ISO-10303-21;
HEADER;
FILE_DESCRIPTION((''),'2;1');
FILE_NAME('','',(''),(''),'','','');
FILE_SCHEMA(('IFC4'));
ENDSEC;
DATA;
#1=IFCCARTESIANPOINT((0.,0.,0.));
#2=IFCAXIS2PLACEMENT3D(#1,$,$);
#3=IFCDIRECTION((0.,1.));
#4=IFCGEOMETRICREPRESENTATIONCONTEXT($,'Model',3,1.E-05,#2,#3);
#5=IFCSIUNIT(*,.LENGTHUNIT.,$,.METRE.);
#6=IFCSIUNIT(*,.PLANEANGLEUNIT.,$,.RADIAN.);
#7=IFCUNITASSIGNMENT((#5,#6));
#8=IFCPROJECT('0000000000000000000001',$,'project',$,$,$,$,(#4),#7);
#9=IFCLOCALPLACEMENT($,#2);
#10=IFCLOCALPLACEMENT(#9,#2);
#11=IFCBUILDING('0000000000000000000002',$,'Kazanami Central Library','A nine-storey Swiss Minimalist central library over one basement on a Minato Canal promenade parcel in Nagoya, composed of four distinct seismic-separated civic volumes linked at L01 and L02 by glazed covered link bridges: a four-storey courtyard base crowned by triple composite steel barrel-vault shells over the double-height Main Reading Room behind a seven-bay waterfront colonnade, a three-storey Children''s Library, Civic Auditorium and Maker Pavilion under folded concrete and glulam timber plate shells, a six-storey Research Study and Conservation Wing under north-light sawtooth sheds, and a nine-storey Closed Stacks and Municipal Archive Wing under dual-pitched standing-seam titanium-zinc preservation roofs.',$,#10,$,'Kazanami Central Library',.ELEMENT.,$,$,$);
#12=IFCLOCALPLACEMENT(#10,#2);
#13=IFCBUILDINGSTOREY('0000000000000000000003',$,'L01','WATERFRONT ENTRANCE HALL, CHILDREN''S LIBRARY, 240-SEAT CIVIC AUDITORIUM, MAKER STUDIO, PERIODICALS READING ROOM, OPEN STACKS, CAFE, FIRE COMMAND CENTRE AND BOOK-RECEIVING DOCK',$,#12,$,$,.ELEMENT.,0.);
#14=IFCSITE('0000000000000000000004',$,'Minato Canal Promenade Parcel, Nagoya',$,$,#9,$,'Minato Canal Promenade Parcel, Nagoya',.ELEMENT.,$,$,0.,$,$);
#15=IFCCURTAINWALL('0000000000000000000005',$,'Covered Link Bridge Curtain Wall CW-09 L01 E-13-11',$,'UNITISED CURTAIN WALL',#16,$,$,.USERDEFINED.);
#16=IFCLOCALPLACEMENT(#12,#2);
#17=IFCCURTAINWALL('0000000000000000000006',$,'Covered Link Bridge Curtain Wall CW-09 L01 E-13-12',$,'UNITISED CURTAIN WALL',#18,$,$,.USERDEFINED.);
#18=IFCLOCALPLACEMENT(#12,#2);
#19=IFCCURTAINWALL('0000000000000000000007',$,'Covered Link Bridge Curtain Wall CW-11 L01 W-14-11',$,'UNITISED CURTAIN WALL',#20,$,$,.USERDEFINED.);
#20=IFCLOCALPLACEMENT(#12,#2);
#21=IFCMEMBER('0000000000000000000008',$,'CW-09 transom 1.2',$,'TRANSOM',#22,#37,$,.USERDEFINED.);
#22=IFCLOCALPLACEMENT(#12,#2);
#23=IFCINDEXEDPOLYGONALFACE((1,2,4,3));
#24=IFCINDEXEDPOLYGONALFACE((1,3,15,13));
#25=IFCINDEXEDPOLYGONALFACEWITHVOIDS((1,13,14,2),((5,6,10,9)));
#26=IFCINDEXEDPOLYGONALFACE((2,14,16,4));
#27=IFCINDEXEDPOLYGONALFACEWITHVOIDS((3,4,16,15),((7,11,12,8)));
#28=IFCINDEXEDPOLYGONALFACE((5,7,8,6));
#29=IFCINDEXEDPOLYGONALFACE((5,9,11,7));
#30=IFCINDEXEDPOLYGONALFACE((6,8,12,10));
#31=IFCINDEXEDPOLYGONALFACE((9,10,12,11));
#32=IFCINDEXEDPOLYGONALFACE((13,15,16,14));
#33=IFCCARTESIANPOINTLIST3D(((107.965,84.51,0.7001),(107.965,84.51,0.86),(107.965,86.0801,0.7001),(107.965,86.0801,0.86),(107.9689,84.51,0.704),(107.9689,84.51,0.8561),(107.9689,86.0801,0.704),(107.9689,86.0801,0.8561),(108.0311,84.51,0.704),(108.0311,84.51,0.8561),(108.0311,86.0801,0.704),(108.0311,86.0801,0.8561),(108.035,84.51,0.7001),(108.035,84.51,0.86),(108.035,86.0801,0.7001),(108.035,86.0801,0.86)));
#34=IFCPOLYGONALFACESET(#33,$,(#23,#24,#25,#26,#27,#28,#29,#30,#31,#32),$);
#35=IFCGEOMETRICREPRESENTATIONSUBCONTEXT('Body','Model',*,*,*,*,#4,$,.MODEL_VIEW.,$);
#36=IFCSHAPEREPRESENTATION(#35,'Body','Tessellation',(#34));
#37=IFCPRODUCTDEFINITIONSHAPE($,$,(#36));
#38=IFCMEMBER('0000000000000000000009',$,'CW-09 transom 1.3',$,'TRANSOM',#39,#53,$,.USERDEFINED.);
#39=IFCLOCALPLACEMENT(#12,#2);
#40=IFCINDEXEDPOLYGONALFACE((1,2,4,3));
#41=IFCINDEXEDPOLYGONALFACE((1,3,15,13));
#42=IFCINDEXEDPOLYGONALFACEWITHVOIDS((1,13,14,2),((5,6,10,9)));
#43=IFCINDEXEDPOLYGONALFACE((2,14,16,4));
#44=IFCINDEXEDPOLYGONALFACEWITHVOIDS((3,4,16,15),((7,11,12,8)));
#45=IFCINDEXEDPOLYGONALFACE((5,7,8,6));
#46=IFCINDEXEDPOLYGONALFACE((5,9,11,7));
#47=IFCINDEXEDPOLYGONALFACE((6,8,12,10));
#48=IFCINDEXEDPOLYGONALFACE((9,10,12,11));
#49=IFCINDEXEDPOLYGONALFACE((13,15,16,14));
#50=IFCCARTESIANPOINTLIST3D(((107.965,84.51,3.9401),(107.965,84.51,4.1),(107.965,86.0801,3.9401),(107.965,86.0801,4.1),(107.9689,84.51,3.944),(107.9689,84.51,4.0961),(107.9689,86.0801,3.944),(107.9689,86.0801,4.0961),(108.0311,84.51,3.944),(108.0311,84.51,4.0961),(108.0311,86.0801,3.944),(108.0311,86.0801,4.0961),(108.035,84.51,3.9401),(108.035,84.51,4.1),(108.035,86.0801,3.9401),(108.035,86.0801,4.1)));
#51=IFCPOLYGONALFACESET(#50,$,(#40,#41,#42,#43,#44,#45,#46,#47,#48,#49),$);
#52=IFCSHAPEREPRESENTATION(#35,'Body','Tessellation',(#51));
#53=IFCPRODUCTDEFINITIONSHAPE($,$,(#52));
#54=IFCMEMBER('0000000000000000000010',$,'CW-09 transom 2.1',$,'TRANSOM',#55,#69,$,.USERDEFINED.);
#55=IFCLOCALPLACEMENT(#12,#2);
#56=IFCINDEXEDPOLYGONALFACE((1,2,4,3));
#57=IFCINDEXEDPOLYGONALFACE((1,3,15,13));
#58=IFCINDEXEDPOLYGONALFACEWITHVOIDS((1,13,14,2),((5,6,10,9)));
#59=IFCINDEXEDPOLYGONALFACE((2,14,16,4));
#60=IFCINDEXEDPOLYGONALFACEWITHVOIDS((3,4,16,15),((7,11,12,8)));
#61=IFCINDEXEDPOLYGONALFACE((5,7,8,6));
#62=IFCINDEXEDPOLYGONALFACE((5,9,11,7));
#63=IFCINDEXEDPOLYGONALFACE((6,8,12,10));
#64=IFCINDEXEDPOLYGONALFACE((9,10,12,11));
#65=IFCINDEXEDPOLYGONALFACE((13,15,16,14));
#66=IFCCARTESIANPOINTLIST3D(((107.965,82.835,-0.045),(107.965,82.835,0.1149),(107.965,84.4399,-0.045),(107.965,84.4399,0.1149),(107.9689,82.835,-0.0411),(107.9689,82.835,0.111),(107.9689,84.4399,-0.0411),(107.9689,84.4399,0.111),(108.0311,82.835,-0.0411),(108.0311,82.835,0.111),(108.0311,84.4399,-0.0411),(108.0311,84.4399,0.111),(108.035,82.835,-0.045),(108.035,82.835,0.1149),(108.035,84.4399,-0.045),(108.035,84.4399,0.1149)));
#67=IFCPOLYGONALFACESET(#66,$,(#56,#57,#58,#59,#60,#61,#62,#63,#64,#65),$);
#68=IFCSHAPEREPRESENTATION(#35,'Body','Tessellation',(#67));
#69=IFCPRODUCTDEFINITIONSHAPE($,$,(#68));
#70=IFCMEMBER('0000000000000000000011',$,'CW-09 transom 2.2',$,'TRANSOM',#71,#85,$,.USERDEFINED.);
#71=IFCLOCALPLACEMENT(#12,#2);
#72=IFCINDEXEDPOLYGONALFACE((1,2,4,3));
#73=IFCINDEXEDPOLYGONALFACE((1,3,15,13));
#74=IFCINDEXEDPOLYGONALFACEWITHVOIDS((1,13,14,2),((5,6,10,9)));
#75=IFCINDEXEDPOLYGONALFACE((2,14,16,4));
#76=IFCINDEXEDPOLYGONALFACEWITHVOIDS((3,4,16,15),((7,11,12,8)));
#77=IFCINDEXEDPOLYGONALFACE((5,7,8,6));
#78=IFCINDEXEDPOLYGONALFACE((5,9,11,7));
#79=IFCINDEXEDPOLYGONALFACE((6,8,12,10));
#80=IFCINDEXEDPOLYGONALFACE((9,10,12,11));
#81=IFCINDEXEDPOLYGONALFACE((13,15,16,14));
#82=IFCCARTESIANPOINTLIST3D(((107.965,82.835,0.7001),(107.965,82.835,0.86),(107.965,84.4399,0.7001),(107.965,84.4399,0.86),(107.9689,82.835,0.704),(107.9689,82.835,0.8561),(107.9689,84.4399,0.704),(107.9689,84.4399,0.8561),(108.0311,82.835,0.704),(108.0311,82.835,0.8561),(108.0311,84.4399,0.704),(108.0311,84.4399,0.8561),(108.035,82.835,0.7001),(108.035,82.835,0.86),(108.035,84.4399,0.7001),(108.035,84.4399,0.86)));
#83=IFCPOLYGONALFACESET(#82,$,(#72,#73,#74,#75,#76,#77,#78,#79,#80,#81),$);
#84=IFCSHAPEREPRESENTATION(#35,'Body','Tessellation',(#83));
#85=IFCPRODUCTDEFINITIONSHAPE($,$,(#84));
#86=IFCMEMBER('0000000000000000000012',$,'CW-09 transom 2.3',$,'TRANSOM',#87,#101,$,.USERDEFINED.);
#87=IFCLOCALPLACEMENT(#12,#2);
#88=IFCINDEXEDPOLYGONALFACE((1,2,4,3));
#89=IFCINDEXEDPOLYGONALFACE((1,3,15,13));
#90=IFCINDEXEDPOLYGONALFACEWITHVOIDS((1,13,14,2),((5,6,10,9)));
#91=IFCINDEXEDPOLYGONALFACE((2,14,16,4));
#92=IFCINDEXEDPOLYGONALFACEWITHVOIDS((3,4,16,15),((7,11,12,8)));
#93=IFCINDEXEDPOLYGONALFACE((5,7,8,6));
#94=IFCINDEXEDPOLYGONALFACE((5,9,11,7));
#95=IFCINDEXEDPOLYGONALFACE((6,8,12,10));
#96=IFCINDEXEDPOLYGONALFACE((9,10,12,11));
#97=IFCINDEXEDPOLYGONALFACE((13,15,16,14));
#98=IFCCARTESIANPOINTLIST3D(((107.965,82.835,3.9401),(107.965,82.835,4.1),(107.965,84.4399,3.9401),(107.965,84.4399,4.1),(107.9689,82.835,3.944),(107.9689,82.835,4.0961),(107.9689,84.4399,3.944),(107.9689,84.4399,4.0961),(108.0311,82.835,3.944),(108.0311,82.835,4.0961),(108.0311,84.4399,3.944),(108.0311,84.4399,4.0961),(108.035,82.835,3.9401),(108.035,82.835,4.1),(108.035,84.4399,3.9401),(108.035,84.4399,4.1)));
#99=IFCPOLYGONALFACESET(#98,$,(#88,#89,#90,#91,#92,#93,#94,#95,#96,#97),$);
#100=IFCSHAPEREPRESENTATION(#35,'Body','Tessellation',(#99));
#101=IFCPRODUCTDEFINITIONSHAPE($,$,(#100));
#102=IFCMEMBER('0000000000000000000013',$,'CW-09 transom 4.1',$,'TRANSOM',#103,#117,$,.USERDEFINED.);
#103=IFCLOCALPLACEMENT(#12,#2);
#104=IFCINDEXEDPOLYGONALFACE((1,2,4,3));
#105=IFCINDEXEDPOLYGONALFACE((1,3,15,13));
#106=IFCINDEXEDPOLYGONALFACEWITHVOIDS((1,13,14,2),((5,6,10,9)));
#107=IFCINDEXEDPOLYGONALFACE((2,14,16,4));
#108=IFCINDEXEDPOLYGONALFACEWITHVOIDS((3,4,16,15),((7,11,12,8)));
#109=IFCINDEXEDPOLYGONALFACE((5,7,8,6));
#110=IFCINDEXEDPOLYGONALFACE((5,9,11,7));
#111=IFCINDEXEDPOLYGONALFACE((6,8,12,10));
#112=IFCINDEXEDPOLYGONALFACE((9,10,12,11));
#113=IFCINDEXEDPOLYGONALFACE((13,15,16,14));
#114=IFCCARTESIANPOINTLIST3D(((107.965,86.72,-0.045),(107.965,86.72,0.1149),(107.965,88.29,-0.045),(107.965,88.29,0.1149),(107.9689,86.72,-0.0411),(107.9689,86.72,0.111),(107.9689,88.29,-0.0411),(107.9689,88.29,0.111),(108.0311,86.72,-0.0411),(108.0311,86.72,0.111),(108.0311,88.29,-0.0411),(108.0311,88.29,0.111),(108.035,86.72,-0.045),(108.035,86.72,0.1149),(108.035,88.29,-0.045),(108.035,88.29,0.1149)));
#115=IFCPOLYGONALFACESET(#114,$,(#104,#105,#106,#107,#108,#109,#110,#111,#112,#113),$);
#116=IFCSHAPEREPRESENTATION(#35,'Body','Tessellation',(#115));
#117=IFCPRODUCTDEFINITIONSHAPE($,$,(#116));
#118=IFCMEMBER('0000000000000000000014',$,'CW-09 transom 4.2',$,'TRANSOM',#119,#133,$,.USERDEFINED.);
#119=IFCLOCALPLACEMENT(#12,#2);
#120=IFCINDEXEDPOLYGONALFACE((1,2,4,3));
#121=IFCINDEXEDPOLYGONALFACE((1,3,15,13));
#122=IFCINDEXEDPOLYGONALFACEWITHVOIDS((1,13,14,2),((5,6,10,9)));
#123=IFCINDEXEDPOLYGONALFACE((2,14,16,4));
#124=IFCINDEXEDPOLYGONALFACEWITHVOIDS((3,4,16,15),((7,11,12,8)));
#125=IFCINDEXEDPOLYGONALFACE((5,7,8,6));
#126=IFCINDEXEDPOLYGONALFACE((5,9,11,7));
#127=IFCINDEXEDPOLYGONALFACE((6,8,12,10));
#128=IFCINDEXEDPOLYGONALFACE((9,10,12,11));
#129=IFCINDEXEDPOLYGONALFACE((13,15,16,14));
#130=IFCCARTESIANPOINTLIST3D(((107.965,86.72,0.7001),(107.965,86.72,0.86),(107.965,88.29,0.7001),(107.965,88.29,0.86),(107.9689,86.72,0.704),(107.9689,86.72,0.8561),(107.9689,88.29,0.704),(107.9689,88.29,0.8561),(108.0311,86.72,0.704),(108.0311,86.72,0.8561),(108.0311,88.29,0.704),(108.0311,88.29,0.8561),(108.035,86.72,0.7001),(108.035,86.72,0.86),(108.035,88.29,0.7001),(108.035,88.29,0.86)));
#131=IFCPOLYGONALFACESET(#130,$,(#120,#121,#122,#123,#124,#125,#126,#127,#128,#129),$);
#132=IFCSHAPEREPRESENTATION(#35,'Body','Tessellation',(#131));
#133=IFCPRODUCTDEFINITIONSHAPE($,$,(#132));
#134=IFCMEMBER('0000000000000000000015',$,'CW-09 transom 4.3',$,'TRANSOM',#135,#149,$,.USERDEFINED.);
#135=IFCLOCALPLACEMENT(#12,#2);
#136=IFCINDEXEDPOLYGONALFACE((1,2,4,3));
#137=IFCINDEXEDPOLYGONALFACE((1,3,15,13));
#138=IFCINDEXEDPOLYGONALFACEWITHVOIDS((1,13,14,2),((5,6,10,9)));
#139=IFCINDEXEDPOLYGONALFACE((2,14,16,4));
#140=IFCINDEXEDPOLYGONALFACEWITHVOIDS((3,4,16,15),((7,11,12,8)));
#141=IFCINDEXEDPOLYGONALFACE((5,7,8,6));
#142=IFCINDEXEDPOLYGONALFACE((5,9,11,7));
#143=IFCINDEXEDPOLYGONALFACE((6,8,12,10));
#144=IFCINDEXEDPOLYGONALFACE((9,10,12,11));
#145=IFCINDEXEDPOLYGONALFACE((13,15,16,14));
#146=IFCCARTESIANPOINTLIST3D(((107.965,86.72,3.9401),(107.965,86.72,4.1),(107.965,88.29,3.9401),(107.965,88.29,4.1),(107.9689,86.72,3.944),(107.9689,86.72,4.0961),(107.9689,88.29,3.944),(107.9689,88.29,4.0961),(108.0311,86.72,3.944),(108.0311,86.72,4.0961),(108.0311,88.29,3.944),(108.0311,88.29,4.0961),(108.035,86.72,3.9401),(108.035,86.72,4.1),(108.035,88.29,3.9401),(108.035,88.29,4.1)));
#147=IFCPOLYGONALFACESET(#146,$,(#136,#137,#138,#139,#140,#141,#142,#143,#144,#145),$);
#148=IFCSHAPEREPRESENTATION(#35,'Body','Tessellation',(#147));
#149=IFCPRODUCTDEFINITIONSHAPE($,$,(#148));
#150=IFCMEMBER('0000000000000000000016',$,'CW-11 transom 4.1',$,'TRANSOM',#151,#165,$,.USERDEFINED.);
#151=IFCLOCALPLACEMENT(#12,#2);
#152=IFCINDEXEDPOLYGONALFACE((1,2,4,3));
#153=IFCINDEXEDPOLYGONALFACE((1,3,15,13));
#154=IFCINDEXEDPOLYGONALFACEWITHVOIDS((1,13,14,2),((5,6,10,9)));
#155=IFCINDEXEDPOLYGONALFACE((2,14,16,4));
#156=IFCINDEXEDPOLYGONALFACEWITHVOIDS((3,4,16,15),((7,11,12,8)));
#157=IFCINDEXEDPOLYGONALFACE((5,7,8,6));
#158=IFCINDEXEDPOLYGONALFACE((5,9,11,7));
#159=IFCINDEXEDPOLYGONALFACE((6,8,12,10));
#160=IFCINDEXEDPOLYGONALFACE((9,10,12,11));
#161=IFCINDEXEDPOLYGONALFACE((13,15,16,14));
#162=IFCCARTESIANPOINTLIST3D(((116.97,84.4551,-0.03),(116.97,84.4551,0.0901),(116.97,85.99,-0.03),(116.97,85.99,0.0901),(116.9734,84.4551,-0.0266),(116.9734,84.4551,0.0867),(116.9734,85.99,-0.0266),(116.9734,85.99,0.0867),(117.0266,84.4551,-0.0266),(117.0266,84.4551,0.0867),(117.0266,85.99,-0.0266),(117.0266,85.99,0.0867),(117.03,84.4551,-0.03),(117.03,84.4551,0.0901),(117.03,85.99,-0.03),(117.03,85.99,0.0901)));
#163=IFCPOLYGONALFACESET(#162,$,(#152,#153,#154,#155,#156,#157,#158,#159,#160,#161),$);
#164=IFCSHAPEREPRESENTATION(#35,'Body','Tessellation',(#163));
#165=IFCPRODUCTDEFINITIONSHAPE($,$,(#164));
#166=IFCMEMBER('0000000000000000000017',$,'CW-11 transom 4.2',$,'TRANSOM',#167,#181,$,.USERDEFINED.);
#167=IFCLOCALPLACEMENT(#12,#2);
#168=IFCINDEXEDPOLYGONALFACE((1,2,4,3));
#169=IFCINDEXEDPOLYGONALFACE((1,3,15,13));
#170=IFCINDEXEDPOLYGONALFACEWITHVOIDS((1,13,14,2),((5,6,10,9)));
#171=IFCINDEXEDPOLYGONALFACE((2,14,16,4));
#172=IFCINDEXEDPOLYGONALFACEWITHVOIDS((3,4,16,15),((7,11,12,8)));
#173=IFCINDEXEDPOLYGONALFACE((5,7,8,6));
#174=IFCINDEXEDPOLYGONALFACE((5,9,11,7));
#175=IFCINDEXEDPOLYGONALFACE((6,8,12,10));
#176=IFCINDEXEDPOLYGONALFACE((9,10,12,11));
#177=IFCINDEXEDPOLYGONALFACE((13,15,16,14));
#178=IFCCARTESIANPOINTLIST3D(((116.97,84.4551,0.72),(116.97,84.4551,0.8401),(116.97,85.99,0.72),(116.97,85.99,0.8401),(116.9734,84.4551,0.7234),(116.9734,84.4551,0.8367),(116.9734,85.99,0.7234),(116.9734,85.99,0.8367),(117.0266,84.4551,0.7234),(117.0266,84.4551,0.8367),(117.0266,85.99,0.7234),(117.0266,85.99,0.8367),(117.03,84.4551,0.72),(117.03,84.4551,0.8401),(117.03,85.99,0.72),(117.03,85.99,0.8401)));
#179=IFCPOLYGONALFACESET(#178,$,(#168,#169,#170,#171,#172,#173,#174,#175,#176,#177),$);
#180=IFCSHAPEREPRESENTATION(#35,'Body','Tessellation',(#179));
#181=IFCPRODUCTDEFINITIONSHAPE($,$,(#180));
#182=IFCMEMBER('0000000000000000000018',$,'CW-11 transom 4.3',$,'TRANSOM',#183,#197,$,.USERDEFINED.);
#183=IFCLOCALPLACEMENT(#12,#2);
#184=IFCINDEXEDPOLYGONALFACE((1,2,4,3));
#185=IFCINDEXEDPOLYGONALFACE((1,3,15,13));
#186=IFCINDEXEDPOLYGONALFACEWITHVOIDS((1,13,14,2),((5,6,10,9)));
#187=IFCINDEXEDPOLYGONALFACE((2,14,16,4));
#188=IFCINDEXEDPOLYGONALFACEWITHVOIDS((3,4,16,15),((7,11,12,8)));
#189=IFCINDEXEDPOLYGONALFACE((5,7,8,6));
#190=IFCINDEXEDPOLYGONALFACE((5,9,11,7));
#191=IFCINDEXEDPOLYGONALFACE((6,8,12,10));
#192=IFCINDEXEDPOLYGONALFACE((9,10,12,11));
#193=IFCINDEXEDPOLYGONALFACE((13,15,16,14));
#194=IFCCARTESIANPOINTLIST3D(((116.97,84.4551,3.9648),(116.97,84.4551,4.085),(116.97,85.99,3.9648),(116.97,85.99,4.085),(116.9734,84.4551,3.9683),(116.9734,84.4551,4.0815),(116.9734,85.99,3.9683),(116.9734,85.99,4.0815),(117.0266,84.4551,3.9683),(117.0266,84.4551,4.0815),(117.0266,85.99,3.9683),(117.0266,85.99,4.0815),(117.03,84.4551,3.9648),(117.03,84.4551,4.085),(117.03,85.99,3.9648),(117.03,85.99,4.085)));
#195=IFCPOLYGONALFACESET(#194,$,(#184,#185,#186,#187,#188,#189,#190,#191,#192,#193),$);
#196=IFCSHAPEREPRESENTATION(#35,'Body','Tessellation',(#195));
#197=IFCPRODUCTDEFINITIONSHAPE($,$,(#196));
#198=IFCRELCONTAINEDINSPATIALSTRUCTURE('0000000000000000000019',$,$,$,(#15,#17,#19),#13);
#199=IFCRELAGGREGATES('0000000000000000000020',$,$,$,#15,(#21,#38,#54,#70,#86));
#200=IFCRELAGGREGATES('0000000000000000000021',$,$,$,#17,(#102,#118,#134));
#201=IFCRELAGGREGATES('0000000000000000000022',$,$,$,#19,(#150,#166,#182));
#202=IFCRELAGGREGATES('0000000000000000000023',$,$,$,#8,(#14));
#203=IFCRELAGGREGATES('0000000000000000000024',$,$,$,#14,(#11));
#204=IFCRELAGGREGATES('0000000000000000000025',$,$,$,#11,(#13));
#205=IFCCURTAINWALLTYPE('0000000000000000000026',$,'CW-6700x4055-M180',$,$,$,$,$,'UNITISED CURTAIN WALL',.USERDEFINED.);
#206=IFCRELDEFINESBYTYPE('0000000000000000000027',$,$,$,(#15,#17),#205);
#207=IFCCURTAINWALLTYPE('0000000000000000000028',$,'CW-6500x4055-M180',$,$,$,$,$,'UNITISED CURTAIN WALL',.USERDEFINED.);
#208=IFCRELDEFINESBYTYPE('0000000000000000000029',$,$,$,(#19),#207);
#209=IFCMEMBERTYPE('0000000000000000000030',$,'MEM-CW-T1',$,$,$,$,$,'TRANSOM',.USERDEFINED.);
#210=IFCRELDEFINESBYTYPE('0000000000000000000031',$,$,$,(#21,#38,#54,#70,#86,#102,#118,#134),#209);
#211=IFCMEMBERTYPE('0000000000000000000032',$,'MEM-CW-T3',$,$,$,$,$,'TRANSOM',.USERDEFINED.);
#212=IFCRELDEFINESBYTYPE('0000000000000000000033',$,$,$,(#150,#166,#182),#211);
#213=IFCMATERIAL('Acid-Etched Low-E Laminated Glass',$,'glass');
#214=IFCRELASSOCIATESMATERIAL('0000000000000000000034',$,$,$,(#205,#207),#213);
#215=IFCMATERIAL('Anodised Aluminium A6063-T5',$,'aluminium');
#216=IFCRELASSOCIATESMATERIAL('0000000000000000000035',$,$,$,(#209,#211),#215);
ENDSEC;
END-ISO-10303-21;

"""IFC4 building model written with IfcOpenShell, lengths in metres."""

from ifc_helpers import new_model, si_unit, direction, frame, origin, origin_2d, place, context, subcontext, project, spatial, hollow_rectangle, extrude, material, material_profile, profile_set, type_object, element, aggregate, save


model = new_model("IFC4")

# Units and contexts
model_context = context("Model", 3, precision=1e-05, world=origin(), true_north=direction((0.0, 1.0)))
body_context = subcontext(model_context, "Body", "Model", "MODEL_VIEW")
ifc_project = project(units=[si_unit("LENGTHUNIT", "METRE"), si_unit("PLANEANGLEUNIT", "RADIAN")], contexts=[model_context])

# Site, building, storey
site_placement = place(None, origin())
site = spatial("IfcSite", under=ifc_project, at=site_placement, Name="Minato Canal Promenade Parcel, Nagoya", LongName="Minato Canal Promenade Parcel, Nagoya", CompositionType="ELEMENT", RefElevation=0.0)
building_placement = place(site_placement, origin())
building = spatial("IfcBuilding", under=site, at=building_placement, Name="Kazanami Central Library", Description="A nine-storey Swiss Minimalist central library over one basement on a Minato Canal promenade parcel in Nagoya, composed of four distinct seismic-separated civic volumes linked at L01 and L02 by glazed covered link bridges: a four-storey courtyard base crowned by triple composite steel barrel-vault shells over the double-height Main Reading Room behind a seven-bay waterfront colonnade, a three-storey Children's Library, Civic Auditorium and Maker Pavilion under folded concrete and glulam timber plate shells, a six-storey Research Study and Conservation Wing under north-light sawtooth sheds, and a nine-storey Closed Stacks and Municipal Archive Wing under dual-pitched standing-seam titanium-zinc preservation roofs.", LongName="Kazanami Central Library", CompositionType="ELEMENT")
storey_placement = place(building_placement, origin())
storey = spatial("IfcBuildingStorey", under=building, at=storey_placement, Name="L01", Description="WATERFRONT ENTRANCE HALL, CHILDREN'S LIBRARY, 240-SEAT CIVIC AUDITORIUM, MAKER STUDIO, PERIODICALS READING ROOM, OPEN STACKS, CAFE, FIRE COMMAND CENTRE AND BOOK-RECEIVING DOCK", CompositionType="ELEMENT", Elevation=0.0)

# Curtain walls
ifc_material_1 = material(Name="Acid-Etched Low-E Laminated Glass", Category="glass")
curtain_wall_type_1 = type_object("IfcCurtainWallType", Name="CW-6700x4055-M180", ElementType="UNITISED CURTAIN WALL", PredefinedType="USERDEFINED", material=ifc_material_1)
curtain_wall_1_placement = place(storey_placement, origin())
curtain_wall_1 = element("IfcCurtainWall", 1, at=curtain_wall_1_placement, inside=storey, type_object=curtain_wall_type_1, Name="Covered Link Bridge Curtain Wall CW-09 L01 E-13-11", ObjectType="UNITISED CURTAIN WALL", PredefinedType="USERDEFINED")
ifc_material_2 = material(Name="Anodised Aluminium A6063-T5", Category="aluminium")
curtain_wall_2_placement = place(storey_placement, origin())
curtain_wall_2 = element("IfcCurtainWall", 2, at=curtain_wall_2_placement, inside=storey, type_object=curtain_wall_type_1, Name="Covered Link Bridge Curtain Wall CW-09 L01 E-13-12", ObjectType="UNITISED CURTAIN WALL", PredefinedType="USERDEFINED")
curtain_wall_type_2 = type_object("IfcCurtainWallType", Name="CW-6500x4055-M180", ElementType="UNITISED CURTAIN WALL", PredefinedType="USERDEFINED", material=ifc_material_1)
curtain_wall_3_placement = place(storey_placement, origin())
curtain_wall_3 = element("IfcCurtainWall", 3, at=curtain_wall_3_placement, inside=storey, type_object=curtain_wall_type_2, Name="Covered Link Bridge Curtain Wall CW-11 L01 W-14-11", ObjectType="UNITISED CURTAIN WALL", PredefinedType="USERDEFINED")

# Members
ifc_material_profile_1 = material_profile(ifc_material_2, hollow_rectangle(XDim=0.0701, YDim=0.1599, WallThickness=0.0039, at=origin_2d()), Name="ALU-TRAN-70x160x4")
ifc_profile_set_1 = profile_set([ifc_material_profile_1], Name="Anodised Aluminium A6063-T5")
member_type_1 = type_object("IfcMemberType", Name="MEM-CW-T1", ElementType="TRANSOM", PredefinedType="USERDEFINED", material=ifc_profile_set_1)
member_1_placement = place(storey_placement, frame((108.0, 86.0801, 0.78), z_axis=(0.0, -1.0, 0.0), x_axis=(1.0, 0.0, 0.0)))
member_1 = element("IfcMember", 4, at=member_1_placement, type_object=member_type_1, Name="CW-09 transom 1.2", ObjectType="TRANSOM", PredefinedType="USERDEFINED", context=body_context, shape_type="SweptSolid", body=[
    extrude(hollow_rectangle(XDim=0.0701, YDim=0.1599, WallThickness=0.0039, at=origin_2d()), origin(), (0.0, 0.0, 1.0), 1.5701),
])
member_2_placement = place(storey_placement, frame((108.0, 86.0801, 4.02), z_axis=(0.0, -1.0, 0.0), x_axis=(1.0, 0.0, 0.0)))
member_2 = element("IfcMember", 5, at=member_2_placement, type_object=member_type_1, Name="CW-09 transom 1.3", ObjectType="TRANSOM", PredefinedType="USERDEFINED", context=body_context, shape_type="SweptSolid", body=[
    extrude(hollow_rectangle(XDim=0.0701, YDim=0.1599, WallThickness=0.0039, at=origin_2d()), origin(), (0.0, 0.0, 1.0), 1.5701),
])
member_3_placement = place(storey_placement, frame((108.0, 84.4399, 0.0349), z_axis=(0.0, -1.0, 0.0), x_axis=(1.0, 0.0, 0.0)))
member_3 = element("IfcMember", 6, at=member_3_placement, type_object=member_type_1, Name="CW-09 transom 2.1", ObjectType="TRANSOM", PredefinedType="USERDEFINED", context=body_context, shape_type="SweptSolid", body=[
    extrude(hollow_rectangle(XDim=0.0701, YDim=0.1599, WallThickness=0.0039, at=origin_2d()), origin(), (0.0, 0.0, 1.0), 1.605),
])
member_4_placement = place(storey_placement, frame((108.0, 84.4399, 0.78), z_axis=(0.0, -1.0, 0.0), x_axis=(1.0, 0.0, 0.0)))
member_4 = element("IfcMember", 7, at=member_4_placement, type_object=member_type_1, Name="CW-09 transom 2.2", ObjectType="TRANSOM", PredefinedType="USERDEFINED", context=body_context, shape_type="SweptSolid", body=[
    extrude(hollow_rectangle(XDim=0.0701, YDim=0.1599, WallThickness=0.0039, at=origin_2d()), origin(), (0.0, 0.0, 1.0), 1.605),
])
member_5_placement = place(storey_placement, frame((108.0, 84.4399, 4.02), z_axis=(0.0, -1.0, 0.0), x_axis=(1.0, 0.0, 0.0)))
member_5 = element("IfcMember", 8, at=member_5_placement, type_object=member_type_1, Name="CW-09 transom 2.3", ObjectType="TRANSOM", PredefinedType="USERDEFINED", context=body_context, shape_type="SweptSolid", body=[
    extrude(hollow_rectangle(XDim=0.0701, YDim=0.1599, WallThickness=0.0039, at=origin_2d()), origin(), (0.0, 0.0, 1.0), 1.605),
])
member_6_placement = place(storey_placement, frame((108.0, 88.29, 0.0349), z_axis=(0.0, -1.0, 0.0), x_axis=(1.0, 0.0, 0.0)))
member_6 = element("IfcMember", 9, at=member_6_placement, type_object=member_type_1, Name="CW-09 transom 4.1", ObjectType="TRANSOM", PredefinedType="USERDEFINED", context=body_context, shape_type="SweptSolid", body=[
    extrude(hollow_rectangle(XDim=0.0701, YDim=0.1599, WallThickness=0.0039, at=origin_2d()), origin(), (0.0, 0.0, 1.0), 1.5701),
])
member_7_placement = place(storey_placement, frame((108.0, 88.29, 0.78), z_axis=(0.0, -1.0, 0.0), x_axis=(1.0, 0.0, 0.0)))
member_7 = element("IfcMember", 10, at=member_7_placement, type_object=member_type_1, Name="CW-09 transom 4.2", ObjectType="TRANSOM", PredefinedType="USERDEFINED", context=body_context, shape_type="SweptSolid", body=[
    extrude(hollow_rectangle(XDim=0.0701, YDim=0.1599, WallThickness=0.0039, at=origin_2d()), origin(), (0.0, 0.0, 1.0), 1.5701),
])
member_8_placement = place(storey_placement, frame((108.0, 88.29, 4.02), z_axis=(0.0, -1.0, 0.0), x_axis=(1.0, 0.0, 0.0)))
member_8 = element("IfcMember", 11, at=member_8_placement, type_object=member_type_1, Name="CW-09 transom 4.3", ObjectType="TRANSOM", PredefinedType="USERDEFINED", context=body_context, shape_type="SweptSolid", body=[
    extrude(hollow_rectangle(XDim=0.0701, YDim=0.1599, WallThickness=0.0039, at=origin_2d()), origin(), (0.0, 0.0, 1.0), 1.5701),
])
ifc_material_profile_2 = material_profile(ifc_material_2, hollow_rectangle(XDim=0.0601, YDim=0.1201, WallThickness=0.0034, at=origin_2d()), Name="ALU-TRAN-60x120x3.5")
ifc_profile_set_2 = profile_set([ifc_material_profile_2], Name="Anodised Aluminium A6063-T5")
member_type_2 = type_object("IfcMemberType", Name="MEM-CW-T3", ElementType="TRANSOM", PredefinedType="USERDEFINED", material=ifc_profile_set_2)
member_9_placement = place(storey_placement, frame((117.0, 84.4551, 0.03), z_axis=(0.0, 1.0, 0.0), x_axis=(-1.0, 0.0, 0.0)))
member_9 = element("IfcMember", 12, at=member_9_placement, type_object=member_type_2, Name="CW-11 transom 4.1", ObjectType="TRANSOM", PredefinedType="USERDEFINED", context=body_context, shape_type="SweptSolid", body=[
    extrude(hollow_rectangle(XDim=0.0601, YDim=0.1201, WallThickness=0.0034, at=origin_2d()), origin(), (0.0, 0.0, 1.0), 1.5349),
])
member_10_placement = place(storey_placement, frame((117.0, 84.4551, 0.78), z_axis=(0.0, 1.0, 0.0), x_axis=(-1.0, 0.0, 0.0)))
member_10 = element("IfcMember", 13, at=member_10_placement, type_object=member_type_2, Name="CW-11 transom 4.2", ObjectType="TRANSOM", PredefinedType="USERDEFINED", context=body_context, shape_type="SweptSolid", body=[
    extrude(hollow_rectangle(XDim=0.0601, YDim=0.1201, WallThickness=0.0034, at=origin_2d()), origin(), (0.0, 0.0, 1.0), 1.5349),
])
member_11_placement = place(storey_placement, frame((117.0, 84.4551, 4.0249), z_axis=(0.0, 1.0, 0.0), x_axis=(-1.0, 0.0, 0.0)))
member_11 = element("IfcMember", 14, at=member_11_placement, type_object=member_type_2, Name="CW-11 transom 4.3", ObjectType="TRANSOM", PredefinedType="USERDEFINED", context=body_context, shape_type="SweptSolid", body=[
    extrude(hollow_rectangle(XDim=0.0601, YDim=0.1201, WallThickness=0.0034, at=origin_2d()), origin(), (0.0, 0.0, 1.0), 1.5349),
])

aggregate(curtain_wall_1, [member_1, member_2, member_3, member_4, member_5])
aggregate(curtain_wall_2, [member_6, member_7, member_8])
aggregate(curtain_wall_3, [member_9, member_10, member_11])

save(model, "model.ifc")
